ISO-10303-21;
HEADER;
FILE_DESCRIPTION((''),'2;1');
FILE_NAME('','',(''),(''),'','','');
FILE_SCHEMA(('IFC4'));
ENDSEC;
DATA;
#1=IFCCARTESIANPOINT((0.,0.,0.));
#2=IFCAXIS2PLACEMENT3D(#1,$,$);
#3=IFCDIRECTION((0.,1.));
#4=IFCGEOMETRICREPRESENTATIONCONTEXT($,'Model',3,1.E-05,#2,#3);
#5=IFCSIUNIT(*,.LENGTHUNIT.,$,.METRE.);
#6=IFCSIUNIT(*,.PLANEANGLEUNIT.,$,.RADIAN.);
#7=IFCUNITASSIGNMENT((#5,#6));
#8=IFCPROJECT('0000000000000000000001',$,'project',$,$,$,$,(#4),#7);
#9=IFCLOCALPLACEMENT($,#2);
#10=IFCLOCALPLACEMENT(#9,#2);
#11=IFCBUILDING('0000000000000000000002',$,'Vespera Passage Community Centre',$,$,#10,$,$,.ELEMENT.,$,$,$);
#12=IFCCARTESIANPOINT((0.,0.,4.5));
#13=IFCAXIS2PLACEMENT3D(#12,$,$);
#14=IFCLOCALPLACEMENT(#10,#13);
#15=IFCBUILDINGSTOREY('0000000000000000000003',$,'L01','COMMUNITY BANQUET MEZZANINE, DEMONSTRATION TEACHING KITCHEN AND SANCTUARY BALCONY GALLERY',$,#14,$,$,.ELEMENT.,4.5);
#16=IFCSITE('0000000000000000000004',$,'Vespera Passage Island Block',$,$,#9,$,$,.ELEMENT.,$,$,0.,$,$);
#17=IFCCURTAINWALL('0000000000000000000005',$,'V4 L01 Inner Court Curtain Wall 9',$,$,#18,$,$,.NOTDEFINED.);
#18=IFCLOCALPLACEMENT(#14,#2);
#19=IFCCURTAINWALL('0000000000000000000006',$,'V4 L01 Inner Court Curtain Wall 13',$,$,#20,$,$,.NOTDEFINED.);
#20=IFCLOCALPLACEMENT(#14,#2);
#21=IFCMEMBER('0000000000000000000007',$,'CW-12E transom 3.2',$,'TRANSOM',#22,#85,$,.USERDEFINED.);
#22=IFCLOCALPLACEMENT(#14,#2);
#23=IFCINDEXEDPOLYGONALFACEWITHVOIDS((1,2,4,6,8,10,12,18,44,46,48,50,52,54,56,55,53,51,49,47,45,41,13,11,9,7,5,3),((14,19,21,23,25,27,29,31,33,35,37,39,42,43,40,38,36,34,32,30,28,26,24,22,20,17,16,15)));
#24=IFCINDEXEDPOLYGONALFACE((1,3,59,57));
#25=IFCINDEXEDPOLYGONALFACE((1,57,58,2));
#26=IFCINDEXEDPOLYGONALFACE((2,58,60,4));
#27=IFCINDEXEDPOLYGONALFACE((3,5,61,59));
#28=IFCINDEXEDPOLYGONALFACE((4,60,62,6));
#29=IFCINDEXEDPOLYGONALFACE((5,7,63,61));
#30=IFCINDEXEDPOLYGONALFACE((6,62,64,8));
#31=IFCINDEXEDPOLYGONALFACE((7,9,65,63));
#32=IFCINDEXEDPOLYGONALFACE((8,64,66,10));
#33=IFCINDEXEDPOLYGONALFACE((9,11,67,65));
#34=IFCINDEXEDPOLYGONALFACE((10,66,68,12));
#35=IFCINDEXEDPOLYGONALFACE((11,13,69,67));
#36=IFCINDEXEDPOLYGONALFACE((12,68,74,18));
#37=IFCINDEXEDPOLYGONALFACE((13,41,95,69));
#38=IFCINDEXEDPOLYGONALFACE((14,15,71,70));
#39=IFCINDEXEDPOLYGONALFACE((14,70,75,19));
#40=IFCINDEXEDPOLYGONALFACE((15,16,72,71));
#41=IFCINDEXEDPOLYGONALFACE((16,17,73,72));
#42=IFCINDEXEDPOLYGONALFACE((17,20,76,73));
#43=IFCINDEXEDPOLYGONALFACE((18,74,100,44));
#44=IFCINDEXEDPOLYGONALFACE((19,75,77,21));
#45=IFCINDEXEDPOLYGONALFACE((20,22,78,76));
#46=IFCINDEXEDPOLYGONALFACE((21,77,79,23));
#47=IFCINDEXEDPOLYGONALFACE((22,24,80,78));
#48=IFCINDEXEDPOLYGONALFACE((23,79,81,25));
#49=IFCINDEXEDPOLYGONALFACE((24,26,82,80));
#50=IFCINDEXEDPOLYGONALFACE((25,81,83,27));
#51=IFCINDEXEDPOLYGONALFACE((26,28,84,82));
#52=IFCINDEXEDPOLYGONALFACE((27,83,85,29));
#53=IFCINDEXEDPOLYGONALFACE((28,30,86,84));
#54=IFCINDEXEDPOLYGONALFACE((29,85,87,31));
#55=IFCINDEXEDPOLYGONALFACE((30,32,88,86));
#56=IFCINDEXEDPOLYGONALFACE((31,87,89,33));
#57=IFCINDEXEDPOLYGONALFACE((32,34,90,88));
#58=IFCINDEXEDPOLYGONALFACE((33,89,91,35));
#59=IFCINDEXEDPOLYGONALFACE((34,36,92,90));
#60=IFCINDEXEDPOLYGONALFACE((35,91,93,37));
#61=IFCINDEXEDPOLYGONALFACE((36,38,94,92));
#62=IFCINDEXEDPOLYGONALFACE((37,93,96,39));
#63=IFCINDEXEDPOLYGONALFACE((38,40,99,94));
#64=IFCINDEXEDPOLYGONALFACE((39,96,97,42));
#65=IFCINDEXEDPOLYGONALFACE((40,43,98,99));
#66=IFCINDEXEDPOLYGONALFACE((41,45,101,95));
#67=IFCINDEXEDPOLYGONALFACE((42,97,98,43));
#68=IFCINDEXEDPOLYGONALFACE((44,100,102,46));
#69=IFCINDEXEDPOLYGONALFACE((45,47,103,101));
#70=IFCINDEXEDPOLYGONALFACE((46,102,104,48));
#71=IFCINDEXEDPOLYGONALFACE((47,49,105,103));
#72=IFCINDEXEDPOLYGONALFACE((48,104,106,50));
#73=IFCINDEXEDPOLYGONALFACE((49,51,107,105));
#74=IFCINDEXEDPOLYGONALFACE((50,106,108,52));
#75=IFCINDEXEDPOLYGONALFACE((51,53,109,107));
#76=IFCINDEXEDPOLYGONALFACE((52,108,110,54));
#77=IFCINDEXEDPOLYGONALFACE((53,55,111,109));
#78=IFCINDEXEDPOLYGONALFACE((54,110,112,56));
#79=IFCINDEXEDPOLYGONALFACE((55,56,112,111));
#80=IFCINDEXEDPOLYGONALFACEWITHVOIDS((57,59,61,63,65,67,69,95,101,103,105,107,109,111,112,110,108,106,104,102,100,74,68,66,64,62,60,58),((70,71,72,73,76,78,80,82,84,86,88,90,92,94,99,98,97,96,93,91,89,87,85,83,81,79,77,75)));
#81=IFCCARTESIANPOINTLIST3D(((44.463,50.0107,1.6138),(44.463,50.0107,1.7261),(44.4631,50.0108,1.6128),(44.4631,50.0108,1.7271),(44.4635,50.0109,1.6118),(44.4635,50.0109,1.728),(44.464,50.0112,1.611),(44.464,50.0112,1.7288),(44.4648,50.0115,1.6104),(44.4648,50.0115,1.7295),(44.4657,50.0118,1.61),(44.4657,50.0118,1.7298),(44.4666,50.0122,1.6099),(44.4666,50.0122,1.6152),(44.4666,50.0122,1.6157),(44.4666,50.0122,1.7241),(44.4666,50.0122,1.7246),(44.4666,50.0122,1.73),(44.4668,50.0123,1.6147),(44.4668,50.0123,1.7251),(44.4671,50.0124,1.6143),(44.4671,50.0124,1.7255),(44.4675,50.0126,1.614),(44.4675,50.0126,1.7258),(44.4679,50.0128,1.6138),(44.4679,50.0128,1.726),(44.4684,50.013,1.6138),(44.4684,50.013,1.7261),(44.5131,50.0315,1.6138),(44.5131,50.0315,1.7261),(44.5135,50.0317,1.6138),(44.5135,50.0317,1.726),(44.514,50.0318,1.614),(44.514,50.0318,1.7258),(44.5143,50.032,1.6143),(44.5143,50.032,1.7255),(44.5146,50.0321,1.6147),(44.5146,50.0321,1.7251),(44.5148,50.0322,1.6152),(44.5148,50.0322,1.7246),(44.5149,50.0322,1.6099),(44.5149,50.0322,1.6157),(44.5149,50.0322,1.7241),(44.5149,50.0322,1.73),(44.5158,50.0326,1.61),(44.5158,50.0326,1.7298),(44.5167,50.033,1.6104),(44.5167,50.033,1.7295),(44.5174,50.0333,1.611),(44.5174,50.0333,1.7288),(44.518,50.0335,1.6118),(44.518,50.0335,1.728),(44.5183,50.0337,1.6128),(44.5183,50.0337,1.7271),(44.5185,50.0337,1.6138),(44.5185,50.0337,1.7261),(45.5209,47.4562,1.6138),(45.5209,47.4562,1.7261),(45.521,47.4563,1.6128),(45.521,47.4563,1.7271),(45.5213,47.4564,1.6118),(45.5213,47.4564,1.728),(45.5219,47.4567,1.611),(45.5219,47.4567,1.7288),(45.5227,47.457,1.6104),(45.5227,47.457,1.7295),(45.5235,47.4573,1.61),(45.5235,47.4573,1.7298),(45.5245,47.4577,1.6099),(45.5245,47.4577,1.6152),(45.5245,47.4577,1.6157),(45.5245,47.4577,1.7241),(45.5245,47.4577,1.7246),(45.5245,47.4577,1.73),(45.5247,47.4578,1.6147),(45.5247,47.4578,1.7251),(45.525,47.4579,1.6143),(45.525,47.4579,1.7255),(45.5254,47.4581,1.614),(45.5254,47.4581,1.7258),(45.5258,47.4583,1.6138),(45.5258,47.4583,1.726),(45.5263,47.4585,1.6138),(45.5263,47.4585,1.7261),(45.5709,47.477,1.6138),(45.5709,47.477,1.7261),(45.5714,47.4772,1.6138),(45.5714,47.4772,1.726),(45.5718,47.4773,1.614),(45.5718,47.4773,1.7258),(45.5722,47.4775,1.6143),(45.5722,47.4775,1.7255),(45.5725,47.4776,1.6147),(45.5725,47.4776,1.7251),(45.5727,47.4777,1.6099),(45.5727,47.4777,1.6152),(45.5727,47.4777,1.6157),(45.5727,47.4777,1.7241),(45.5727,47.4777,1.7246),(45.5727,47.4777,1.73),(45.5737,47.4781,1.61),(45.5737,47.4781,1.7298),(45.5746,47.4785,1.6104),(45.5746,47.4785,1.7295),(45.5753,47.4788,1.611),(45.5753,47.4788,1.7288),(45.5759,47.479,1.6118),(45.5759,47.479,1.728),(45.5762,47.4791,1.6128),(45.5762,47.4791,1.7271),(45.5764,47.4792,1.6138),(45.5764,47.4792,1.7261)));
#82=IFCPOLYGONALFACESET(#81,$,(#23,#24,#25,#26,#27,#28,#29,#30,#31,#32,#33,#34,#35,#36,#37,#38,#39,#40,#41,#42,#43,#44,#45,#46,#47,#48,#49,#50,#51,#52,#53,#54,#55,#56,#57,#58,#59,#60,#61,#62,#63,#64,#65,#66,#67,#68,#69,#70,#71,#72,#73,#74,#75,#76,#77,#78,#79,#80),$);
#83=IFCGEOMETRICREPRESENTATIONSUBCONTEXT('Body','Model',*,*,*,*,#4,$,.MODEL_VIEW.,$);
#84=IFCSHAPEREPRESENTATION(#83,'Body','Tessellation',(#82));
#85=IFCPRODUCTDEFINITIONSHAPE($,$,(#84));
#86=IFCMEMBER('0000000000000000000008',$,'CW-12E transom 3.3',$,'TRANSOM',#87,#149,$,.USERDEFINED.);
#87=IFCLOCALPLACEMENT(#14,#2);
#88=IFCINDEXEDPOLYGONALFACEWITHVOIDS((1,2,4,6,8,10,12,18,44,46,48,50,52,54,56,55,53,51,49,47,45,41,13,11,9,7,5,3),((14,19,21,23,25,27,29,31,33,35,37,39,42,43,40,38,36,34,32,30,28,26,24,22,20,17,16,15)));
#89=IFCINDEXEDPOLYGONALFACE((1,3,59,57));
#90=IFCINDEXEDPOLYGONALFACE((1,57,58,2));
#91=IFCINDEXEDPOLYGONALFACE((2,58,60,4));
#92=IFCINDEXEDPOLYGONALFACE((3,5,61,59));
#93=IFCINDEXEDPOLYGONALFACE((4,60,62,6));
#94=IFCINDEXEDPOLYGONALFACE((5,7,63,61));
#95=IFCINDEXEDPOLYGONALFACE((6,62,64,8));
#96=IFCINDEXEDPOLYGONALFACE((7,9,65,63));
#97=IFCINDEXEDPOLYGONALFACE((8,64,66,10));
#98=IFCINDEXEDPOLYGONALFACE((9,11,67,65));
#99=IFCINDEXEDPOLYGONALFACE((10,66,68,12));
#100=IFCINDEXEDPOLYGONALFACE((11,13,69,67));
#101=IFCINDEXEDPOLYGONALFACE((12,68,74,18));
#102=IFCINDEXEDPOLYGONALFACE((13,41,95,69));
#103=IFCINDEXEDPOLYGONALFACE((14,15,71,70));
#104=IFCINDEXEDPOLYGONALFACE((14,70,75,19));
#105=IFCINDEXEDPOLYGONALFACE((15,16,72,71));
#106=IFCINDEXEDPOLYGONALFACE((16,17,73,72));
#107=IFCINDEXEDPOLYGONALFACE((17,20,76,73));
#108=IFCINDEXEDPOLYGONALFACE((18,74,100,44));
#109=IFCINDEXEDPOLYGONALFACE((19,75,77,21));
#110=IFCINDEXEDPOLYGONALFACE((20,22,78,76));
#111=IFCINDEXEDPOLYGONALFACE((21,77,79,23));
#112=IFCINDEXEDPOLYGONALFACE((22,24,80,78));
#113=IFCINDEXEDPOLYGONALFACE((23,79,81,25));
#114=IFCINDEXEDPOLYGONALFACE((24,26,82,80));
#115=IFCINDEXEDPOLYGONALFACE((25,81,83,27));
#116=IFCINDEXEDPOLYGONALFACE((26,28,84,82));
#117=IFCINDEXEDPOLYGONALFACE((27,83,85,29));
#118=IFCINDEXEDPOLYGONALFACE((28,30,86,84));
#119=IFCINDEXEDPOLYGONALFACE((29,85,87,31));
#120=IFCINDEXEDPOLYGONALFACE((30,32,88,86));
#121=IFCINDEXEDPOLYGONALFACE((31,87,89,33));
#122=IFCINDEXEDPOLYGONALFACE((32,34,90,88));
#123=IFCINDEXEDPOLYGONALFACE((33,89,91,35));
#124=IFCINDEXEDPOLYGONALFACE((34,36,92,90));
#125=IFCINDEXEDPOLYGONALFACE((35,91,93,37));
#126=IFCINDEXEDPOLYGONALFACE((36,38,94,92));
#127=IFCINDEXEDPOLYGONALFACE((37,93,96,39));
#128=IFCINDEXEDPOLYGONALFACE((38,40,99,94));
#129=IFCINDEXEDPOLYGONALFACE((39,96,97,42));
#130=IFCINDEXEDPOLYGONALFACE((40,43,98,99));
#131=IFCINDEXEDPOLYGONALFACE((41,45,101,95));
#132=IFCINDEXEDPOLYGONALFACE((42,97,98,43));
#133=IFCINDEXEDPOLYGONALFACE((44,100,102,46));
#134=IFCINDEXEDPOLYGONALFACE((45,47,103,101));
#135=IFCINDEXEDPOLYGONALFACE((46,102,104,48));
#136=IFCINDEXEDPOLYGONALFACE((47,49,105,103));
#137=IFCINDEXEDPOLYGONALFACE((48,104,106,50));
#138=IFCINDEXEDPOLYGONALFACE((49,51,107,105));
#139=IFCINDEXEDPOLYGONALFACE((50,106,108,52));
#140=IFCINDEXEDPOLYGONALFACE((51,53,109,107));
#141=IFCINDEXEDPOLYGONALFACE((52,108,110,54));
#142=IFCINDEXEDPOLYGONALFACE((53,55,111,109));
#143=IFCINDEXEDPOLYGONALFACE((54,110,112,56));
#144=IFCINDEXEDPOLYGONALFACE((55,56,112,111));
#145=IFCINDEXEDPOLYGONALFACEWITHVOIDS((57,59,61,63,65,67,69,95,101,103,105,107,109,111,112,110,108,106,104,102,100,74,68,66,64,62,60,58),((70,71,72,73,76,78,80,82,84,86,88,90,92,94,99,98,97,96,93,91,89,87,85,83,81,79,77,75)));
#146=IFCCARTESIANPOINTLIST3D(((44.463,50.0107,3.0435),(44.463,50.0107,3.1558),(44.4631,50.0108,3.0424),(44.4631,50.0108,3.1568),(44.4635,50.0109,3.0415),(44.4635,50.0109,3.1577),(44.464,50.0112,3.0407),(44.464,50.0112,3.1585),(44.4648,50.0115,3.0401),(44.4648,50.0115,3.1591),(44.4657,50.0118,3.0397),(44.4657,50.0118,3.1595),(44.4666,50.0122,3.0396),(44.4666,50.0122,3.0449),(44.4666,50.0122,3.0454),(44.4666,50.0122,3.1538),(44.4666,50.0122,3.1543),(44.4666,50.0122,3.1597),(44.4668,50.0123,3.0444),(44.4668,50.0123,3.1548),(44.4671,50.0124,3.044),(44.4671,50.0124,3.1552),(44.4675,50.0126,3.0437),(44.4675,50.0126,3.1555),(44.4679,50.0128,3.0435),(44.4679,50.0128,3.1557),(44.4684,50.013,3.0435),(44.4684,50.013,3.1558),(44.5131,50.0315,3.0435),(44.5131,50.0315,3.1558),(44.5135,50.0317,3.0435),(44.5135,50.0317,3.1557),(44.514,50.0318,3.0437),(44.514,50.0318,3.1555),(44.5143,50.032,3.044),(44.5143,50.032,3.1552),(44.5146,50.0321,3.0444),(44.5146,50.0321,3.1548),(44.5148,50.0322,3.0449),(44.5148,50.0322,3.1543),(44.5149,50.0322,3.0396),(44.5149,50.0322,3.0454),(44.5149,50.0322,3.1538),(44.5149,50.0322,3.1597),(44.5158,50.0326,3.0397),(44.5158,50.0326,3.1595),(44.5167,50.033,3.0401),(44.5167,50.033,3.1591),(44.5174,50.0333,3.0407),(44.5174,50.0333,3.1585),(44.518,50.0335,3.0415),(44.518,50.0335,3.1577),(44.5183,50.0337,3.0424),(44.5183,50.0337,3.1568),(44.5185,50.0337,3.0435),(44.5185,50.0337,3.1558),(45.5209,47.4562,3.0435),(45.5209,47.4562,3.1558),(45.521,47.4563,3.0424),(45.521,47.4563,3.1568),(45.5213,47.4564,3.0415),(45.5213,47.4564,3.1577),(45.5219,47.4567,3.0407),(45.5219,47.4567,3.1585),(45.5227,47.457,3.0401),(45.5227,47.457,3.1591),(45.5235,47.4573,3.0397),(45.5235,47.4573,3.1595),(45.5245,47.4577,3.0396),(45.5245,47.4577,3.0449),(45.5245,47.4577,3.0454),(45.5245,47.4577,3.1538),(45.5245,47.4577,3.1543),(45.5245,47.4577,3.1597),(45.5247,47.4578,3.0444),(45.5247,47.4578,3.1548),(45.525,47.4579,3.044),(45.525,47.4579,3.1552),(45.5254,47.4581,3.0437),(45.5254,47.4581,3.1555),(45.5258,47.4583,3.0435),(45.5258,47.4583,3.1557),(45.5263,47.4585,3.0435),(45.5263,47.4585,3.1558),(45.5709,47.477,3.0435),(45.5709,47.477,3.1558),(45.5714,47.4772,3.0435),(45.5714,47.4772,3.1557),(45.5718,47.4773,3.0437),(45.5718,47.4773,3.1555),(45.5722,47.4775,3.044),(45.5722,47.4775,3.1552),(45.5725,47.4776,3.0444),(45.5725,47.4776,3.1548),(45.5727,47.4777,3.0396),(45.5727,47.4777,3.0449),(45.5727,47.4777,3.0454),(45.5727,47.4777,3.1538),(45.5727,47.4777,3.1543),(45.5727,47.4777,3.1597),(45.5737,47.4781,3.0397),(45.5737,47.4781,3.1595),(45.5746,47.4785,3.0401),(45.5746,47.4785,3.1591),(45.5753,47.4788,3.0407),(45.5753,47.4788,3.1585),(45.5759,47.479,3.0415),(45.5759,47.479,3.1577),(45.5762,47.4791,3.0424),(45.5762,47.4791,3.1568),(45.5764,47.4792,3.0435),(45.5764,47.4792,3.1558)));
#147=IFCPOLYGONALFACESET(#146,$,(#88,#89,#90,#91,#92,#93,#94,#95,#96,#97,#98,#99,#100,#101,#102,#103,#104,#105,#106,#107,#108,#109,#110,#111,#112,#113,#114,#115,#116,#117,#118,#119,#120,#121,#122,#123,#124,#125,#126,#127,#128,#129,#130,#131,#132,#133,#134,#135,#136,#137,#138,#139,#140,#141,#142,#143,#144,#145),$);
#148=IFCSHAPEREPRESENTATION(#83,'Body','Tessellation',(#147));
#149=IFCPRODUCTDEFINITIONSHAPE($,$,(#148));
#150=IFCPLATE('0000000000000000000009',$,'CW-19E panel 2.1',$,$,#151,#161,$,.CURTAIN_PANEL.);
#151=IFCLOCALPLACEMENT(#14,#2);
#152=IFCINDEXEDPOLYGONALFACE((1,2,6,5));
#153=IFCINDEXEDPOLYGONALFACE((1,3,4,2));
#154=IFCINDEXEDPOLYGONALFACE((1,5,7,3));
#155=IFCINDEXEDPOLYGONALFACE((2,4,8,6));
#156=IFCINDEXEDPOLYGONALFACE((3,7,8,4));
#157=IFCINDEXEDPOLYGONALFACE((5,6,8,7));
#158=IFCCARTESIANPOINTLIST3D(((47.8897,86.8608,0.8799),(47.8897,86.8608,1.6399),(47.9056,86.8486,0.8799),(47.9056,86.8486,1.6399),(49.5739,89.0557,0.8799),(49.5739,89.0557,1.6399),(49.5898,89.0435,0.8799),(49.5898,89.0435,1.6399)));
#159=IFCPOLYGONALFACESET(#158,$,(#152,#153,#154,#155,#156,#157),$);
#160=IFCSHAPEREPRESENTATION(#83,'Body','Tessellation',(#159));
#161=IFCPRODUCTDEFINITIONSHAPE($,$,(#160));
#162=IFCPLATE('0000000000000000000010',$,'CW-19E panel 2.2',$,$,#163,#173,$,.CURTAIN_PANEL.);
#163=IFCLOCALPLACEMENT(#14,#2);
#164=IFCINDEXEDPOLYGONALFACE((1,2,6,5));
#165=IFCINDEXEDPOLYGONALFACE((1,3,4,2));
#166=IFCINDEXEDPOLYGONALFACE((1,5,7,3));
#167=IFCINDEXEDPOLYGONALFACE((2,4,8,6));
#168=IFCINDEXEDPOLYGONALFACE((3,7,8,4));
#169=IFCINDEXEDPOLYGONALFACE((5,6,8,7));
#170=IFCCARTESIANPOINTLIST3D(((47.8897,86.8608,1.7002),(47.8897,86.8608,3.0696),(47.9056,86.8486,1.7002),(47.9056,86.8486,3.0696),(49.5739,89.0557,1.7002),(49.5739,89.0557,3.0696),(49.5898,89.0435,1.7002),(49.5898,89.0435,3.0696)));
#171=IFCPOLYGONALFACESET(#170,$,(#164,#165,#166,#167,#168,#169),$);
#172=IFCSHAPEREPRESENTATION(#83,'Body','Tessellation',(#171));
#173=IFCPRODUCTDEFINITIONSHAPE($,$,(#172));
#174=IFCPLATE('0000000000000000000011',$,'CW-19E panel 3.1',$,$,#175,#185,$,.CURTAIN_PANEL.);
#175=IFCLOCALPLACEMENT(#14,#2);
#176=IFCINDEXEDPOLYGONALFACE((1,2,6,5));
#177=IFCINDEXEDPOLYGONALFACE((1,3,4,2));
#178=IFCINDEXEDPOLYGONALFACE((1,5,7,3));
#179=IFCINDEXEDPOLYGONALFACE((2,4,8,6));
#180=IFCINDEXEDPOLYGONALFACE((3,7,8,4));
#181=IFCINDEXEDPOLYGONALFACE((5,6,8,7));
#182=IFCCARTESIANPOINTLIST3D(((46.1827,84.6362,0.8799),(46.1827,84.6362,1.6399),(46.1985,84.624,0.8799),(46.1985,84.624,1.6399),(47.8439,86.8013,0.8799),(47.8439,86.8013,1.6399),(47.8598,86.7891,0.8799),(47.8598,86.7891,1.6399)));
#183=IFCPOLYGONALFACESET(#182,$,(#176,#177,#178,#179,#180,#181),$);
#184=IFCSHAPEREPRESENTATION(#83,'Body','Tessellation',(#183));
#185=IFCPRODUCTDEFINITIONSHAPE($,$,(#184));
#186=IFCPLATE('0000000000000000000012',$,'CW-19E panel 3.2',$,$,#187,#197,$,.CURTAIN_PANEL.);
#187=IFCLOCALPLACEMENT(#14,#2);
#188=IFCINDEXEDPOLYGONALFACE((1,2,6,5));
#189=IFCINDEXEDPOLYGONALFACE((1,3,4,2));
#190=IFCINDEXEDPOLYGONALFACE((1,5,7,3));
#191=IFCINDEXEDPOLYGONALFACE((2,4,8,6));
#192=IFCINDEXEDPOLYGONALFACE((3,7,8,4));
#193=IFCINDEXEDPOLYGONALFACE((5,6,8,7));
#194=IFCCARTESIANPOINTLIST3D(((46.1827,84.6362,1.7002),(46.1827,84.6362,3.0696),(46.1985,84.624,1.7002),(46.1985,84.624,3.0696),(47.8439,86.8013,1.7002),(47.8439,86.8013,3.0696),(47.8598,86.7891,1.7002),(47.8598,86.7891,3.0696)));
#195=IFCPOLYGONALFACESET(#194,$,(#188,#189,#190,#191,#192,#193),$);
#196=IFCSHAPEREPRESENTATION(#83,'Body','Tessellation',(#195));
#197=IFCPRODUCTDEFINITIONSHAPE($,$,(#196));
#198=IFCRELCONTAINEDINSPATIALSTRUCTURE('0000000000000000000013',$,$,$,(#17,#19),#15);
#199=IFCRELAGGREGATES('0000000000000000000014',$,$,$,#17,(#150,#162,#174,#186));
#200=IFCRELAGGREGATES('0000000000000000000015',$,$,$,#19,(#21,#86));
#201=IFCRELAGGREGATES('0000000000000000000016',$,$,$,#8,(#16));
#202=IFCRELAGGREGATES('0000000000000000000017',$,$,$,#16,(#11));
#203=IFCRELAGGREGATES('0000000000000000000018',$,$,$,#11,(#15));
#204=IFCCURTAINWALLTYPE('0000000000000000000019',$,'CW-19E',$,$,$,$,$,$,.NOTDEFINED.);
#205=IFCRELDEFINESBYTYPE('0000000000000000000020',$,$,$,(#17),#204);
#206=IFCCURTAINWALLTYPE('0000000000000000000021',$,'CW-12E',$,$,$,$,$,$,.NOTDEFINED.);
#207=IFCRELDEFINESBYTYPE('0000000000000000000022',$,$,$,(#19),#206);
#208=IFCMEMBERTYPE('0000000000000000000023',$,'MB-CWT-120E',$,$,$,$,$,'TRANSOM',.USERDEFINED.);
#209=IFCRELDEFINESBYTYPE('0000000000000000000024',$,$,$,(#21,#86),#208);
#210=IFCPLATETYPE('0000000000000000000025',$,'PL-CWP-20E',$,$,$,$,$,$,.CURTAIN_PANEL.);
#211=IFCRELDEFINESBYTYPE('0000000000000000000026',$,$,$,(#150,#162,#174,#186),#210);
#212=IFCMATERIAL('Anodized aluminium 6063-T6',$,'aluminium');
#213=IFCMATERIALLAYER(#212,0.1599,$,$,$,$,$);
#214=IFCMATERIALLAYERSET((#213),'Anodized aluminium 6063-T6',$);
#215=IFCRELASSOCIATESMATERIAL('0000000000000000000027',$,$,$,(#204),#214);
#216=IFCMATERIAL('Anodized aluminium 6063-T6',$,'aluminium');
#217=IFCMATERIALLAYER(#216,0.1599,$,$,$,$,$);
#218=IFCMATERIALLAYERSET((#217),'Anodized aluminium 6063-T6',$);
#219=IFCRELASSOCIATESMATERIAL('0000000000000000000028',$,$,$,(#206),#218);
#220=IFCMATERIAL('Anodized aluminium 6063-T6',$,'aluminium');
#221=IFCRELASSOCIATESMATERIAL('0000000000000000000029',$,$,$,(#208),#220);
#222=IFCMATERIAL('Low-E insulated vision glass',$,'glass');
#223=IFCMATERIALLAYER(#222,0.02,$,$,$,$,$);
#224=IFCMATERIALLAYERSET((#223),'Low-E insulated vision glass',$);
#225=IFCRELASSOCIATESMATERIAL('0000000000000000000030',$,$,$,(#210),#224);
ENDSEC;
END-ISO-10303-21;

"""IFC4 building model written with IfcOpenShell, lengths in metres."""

from ifc_helpers import new_model, si_unit, direction, frame, origin, origin_2d, place, context, subcontext, project, spatial, rectangle, hollow_rectangle, extrude, material, layer, layer_set, material_profile, profile_set, type_object, element, aggregate, save


model = new_model("IFC4")

# Units and contexts
model_context = context("Model", 3, precision=1e-05, world=origin(), true_north=direction((0.0, 1.0)))
body_context = subcontext(model_context, "Body", "Model", "MODEL_VIEW")
ifc_project = project(units=[si_unit("LENGTHUNIT", "METRE"), si_unit("PLANEANGLEUNIT", "RADIAN")], contexts=[model_context])

# Site, building, storey
site_placement = place(None, origin())
site = spatial("IfcSite", under=ifc_project, at=site_placement, Name="Vespera Passage Island Block", CompositionType="ELEMENT", RefElevation=0.0)
building_placement = place(site_placement, origin())
building = spatial("IfcBuilding", under=site, at=building_placement, Name="Vespera Passage Community Centre", CompositionType="ELEMENT")
storey_placement = place(building_placement, frame((0.0, 0.0, 4.5)))
storey = spatial("IfcBuildingStorey", under=building, at=storey_placement, Name="L01", Description="COMMUNITY BANQUET MEZZANINE, DEMONSTRATION TEACHING KITCHEN AND SANCTUARY BALCONY GALLERY", CompositionType="ELEMENT", Elevation=4.5)

# Curtain walls
ifc_material_1 = material(Name="Anodized aluminium 6063-T6", Category="aluminium")
ifc_layer_1 = layer(ifc_material_1, 0.1599)
ifc_layer_set_1 = layer_set([ifc_layer_1], Name="Anodized aluminium 6063-T6")
curtain_wall_type_1 = type_object("IfcCurtainWallType", Name="CW-19E", PredefinedType="NOTDEFINED", material=ifc_layer_set_1)
curtain_wall_1_placement = place(storey_placement, origin())
curtain_wall_1 = element("IfcCurtainWall", 1, at=curtain_wall_1_placement, inside=storey, type_object=curtain_wall_type_1, Name="V4 L01 Inner Court Curtain Wall 9", PredefinedType="NOTDEFINED")
ifc_material_2 = material(Name="Anodized aluminium 6063-T6", Category="aluminium")
ifc_layer_2 = layer(ifc_material_2, 0.1599)
ifc_layer_set_2 = layer_set([ifc_layer_2], Name="Anodized aluminium 6063-T6")
curtain_wall_type_2 = type_object("IfcCurtainWallType", Name="CW-12E", PredefinedType="NOTDEFINED", material=ifc_layer_set_2)
curtain_wall_2_placement = place(storey_placement, origin())
curtain_wall_2 = element("IfcCurtainWall", 2, at=curtain_wall_2_placement, inside=storey, type_object=curtain_wall_type_2, Name="V4 L01 Inner Court Curtain Wall 13", PredefinedType="NOTDEFINED")

# Members
ifc_material_3 = material(Name="Anodized aluminium 6063-T6", Category="aluminium")
ifc_material_profile_1 = material_profile(ifc_material_3, hollow_rectangle(XDim=0.0601, YDim=0.1201, WallThickness=0.0039, InnerFilletRadius=0.002, OuterFilletRadius=0.0039, at=origin_2d()), Name="ALU120X60X4")
ifc_profile_set_1 = profile_set([ifc_material_profile_1], Name="Anodized aluminium 6063-T6")
member_type_1 = type_object("IfcMemberType", Name="MB-CWT-120E", ElementType="TRANSOM", PredefinedType="USERDEFINED", material=ifc_profile_set_1)
member_1_placement = place(storey_placement, frame((44.4907, 50.0222, 1.6699), z_axis=(0.382614, -0.923908, 0.0), x_axis=(0.923908, 0.382614, 0.0)))
member_1 = element("IfcMember", 3, at=member_1_placement, type_object=member_type_1, Name="CW-12E transom 3.2", ObjectType="TRANSOM", PredefinedType="USERDEFINED", context=body_context, shape_type="SweptSolid", body=[
    extrude(hollow_rectangle(XDim=0.0601, YDim=0.1201, WallThickness=0.0039, InnerFilletRadius=0.002, OuterFilletRadius=0.0039, at=origin_2d()), origin(), (0.0, 0.0, 1.0), 2.7649),
])
member_2_placement = place(storey_placement, frame((44.4907, 50.0222, 3.0996), z_axis=(0.382614, -0.923908, 0.0), x_axis=(0.923908, 0.382614, 0.0)))
member_2 = element("IfcMember", 4, at=member_2_placement, type_object=member_type_1, Name="CW-12E transom 3.3", ObjectType="TRANSOM", PredefinedType="USERDEFINED", context=body_context, shape_type="SweptSolid", body=[
    extrude(hollow_rectangle(XDim=0.0601, YDim=0.1201, WallThickness=0.0039, InnerFilletRadius=0.002, OuterFilletRadius=0.0039, at=origin_2d()), origin(), (0.0, 0.0, 1.0), 2.7649),
])

# Plates
ifc_material_4 = material(Name="Low-E insulated vision glass", Category="glass")
ifc_layer_3 = layer(ifc_material_4, 0.02)
ifc_layer_set_3 = layer_set([ifc_layer_3], Name="Low-E insulated vision glass")
plate_type_1 = type_object("IfcPlateType", Name="PL-CWP-20E", PredefinedType="CURTAIN_PANEL", material=ifc_layer_set_3)
plate_1_placement = place(storey_placement, frame((48.7397, 87.9521, 0.8799), z_axis=(0.0, 0.0, 1.0), x_axis=(-0.608755, -0.793358, 0.0)))
plate_1 = element("IfcPlate", 5, at=plate_1_placement, type_object=plate_type_1, Name="CW-19E panel 2.1", PredefinedType="CURTAIN_PANEL", context=body_context, shape_type="SweptSolid", body=[
    extrude(rectangle(XDim=2.7666, YDim=0.02, at=origin_2d()), origin(), (0.0, 0.0, 1.0), 0.76),
])
plate_2_placement = place(storey_placement, frame((48.7397, 87.9521, 1.7002), z_axis=(0.0, 0.0, 1.0), x_axis=(-0.608755, -0.793358, 0.0)))
plate_2 = element("IfcPlate", 6, at=plate_2_placement, type_object=plate_type_1, Name="CW-19E panel 2.2", PredefinedType="CURTAIN_PANEL", context=body_context, shape_type="SweptSolid", body=[
    extrude(rectangle(XDim=2.7666, YDim=0.02, at=origin_2d()), origin(), (0.0, 0.0, 1.0), 1.3694),
])
plate_3_placement = place(storey_placement, frame((47.0212, 85.7126, 0.8799), z_axis=(0.0, 0.0, 1.0), x_axis=(-0.608755, -0.793358, 0.0)))
plate_3 = element("IfcPlate", 7, at=plate_3_placement, type_object=plate_type_1, Name="CW-19E panel 3.1", PredefinedType="CURTAIN_PANEL", context=body_context, shape_type="SweptSolid", body=[
    extrude(rectangle(XDim=2.729, YDim=0.02, at=origin_2d()), origin(), (0.0, 0.0, 1.0), 0.76),
])
plate_4_placement = place(storey_placement, frame((47.0212, 85.7126, 1.7002), z_axis=(0.0, 0.0, 1.0), x_axis=(-0.608755, -0.793358, 0.0)))
plate_4 = element("IfcPlate", 8, at=plate_4_placement, type_object=plate_type_1, Name="CW-19E panel 3.2", PredefinedType="CURTAIN_PANEL", context=body_context, shape_type="SweptSolid", body=[
    extrude(rectangle(XDim=2.729, YDim=0.02, at=origin_2d()), origin(), (0.0, 0.0, 1.0), 1.3694),
])
aggregate(curtain_wall_1, [plate_1, plate_2, plate_3, plate_4])
aggregate(curtain_wall_2, [member_1, member_2])

save(model, "model.ifc")
